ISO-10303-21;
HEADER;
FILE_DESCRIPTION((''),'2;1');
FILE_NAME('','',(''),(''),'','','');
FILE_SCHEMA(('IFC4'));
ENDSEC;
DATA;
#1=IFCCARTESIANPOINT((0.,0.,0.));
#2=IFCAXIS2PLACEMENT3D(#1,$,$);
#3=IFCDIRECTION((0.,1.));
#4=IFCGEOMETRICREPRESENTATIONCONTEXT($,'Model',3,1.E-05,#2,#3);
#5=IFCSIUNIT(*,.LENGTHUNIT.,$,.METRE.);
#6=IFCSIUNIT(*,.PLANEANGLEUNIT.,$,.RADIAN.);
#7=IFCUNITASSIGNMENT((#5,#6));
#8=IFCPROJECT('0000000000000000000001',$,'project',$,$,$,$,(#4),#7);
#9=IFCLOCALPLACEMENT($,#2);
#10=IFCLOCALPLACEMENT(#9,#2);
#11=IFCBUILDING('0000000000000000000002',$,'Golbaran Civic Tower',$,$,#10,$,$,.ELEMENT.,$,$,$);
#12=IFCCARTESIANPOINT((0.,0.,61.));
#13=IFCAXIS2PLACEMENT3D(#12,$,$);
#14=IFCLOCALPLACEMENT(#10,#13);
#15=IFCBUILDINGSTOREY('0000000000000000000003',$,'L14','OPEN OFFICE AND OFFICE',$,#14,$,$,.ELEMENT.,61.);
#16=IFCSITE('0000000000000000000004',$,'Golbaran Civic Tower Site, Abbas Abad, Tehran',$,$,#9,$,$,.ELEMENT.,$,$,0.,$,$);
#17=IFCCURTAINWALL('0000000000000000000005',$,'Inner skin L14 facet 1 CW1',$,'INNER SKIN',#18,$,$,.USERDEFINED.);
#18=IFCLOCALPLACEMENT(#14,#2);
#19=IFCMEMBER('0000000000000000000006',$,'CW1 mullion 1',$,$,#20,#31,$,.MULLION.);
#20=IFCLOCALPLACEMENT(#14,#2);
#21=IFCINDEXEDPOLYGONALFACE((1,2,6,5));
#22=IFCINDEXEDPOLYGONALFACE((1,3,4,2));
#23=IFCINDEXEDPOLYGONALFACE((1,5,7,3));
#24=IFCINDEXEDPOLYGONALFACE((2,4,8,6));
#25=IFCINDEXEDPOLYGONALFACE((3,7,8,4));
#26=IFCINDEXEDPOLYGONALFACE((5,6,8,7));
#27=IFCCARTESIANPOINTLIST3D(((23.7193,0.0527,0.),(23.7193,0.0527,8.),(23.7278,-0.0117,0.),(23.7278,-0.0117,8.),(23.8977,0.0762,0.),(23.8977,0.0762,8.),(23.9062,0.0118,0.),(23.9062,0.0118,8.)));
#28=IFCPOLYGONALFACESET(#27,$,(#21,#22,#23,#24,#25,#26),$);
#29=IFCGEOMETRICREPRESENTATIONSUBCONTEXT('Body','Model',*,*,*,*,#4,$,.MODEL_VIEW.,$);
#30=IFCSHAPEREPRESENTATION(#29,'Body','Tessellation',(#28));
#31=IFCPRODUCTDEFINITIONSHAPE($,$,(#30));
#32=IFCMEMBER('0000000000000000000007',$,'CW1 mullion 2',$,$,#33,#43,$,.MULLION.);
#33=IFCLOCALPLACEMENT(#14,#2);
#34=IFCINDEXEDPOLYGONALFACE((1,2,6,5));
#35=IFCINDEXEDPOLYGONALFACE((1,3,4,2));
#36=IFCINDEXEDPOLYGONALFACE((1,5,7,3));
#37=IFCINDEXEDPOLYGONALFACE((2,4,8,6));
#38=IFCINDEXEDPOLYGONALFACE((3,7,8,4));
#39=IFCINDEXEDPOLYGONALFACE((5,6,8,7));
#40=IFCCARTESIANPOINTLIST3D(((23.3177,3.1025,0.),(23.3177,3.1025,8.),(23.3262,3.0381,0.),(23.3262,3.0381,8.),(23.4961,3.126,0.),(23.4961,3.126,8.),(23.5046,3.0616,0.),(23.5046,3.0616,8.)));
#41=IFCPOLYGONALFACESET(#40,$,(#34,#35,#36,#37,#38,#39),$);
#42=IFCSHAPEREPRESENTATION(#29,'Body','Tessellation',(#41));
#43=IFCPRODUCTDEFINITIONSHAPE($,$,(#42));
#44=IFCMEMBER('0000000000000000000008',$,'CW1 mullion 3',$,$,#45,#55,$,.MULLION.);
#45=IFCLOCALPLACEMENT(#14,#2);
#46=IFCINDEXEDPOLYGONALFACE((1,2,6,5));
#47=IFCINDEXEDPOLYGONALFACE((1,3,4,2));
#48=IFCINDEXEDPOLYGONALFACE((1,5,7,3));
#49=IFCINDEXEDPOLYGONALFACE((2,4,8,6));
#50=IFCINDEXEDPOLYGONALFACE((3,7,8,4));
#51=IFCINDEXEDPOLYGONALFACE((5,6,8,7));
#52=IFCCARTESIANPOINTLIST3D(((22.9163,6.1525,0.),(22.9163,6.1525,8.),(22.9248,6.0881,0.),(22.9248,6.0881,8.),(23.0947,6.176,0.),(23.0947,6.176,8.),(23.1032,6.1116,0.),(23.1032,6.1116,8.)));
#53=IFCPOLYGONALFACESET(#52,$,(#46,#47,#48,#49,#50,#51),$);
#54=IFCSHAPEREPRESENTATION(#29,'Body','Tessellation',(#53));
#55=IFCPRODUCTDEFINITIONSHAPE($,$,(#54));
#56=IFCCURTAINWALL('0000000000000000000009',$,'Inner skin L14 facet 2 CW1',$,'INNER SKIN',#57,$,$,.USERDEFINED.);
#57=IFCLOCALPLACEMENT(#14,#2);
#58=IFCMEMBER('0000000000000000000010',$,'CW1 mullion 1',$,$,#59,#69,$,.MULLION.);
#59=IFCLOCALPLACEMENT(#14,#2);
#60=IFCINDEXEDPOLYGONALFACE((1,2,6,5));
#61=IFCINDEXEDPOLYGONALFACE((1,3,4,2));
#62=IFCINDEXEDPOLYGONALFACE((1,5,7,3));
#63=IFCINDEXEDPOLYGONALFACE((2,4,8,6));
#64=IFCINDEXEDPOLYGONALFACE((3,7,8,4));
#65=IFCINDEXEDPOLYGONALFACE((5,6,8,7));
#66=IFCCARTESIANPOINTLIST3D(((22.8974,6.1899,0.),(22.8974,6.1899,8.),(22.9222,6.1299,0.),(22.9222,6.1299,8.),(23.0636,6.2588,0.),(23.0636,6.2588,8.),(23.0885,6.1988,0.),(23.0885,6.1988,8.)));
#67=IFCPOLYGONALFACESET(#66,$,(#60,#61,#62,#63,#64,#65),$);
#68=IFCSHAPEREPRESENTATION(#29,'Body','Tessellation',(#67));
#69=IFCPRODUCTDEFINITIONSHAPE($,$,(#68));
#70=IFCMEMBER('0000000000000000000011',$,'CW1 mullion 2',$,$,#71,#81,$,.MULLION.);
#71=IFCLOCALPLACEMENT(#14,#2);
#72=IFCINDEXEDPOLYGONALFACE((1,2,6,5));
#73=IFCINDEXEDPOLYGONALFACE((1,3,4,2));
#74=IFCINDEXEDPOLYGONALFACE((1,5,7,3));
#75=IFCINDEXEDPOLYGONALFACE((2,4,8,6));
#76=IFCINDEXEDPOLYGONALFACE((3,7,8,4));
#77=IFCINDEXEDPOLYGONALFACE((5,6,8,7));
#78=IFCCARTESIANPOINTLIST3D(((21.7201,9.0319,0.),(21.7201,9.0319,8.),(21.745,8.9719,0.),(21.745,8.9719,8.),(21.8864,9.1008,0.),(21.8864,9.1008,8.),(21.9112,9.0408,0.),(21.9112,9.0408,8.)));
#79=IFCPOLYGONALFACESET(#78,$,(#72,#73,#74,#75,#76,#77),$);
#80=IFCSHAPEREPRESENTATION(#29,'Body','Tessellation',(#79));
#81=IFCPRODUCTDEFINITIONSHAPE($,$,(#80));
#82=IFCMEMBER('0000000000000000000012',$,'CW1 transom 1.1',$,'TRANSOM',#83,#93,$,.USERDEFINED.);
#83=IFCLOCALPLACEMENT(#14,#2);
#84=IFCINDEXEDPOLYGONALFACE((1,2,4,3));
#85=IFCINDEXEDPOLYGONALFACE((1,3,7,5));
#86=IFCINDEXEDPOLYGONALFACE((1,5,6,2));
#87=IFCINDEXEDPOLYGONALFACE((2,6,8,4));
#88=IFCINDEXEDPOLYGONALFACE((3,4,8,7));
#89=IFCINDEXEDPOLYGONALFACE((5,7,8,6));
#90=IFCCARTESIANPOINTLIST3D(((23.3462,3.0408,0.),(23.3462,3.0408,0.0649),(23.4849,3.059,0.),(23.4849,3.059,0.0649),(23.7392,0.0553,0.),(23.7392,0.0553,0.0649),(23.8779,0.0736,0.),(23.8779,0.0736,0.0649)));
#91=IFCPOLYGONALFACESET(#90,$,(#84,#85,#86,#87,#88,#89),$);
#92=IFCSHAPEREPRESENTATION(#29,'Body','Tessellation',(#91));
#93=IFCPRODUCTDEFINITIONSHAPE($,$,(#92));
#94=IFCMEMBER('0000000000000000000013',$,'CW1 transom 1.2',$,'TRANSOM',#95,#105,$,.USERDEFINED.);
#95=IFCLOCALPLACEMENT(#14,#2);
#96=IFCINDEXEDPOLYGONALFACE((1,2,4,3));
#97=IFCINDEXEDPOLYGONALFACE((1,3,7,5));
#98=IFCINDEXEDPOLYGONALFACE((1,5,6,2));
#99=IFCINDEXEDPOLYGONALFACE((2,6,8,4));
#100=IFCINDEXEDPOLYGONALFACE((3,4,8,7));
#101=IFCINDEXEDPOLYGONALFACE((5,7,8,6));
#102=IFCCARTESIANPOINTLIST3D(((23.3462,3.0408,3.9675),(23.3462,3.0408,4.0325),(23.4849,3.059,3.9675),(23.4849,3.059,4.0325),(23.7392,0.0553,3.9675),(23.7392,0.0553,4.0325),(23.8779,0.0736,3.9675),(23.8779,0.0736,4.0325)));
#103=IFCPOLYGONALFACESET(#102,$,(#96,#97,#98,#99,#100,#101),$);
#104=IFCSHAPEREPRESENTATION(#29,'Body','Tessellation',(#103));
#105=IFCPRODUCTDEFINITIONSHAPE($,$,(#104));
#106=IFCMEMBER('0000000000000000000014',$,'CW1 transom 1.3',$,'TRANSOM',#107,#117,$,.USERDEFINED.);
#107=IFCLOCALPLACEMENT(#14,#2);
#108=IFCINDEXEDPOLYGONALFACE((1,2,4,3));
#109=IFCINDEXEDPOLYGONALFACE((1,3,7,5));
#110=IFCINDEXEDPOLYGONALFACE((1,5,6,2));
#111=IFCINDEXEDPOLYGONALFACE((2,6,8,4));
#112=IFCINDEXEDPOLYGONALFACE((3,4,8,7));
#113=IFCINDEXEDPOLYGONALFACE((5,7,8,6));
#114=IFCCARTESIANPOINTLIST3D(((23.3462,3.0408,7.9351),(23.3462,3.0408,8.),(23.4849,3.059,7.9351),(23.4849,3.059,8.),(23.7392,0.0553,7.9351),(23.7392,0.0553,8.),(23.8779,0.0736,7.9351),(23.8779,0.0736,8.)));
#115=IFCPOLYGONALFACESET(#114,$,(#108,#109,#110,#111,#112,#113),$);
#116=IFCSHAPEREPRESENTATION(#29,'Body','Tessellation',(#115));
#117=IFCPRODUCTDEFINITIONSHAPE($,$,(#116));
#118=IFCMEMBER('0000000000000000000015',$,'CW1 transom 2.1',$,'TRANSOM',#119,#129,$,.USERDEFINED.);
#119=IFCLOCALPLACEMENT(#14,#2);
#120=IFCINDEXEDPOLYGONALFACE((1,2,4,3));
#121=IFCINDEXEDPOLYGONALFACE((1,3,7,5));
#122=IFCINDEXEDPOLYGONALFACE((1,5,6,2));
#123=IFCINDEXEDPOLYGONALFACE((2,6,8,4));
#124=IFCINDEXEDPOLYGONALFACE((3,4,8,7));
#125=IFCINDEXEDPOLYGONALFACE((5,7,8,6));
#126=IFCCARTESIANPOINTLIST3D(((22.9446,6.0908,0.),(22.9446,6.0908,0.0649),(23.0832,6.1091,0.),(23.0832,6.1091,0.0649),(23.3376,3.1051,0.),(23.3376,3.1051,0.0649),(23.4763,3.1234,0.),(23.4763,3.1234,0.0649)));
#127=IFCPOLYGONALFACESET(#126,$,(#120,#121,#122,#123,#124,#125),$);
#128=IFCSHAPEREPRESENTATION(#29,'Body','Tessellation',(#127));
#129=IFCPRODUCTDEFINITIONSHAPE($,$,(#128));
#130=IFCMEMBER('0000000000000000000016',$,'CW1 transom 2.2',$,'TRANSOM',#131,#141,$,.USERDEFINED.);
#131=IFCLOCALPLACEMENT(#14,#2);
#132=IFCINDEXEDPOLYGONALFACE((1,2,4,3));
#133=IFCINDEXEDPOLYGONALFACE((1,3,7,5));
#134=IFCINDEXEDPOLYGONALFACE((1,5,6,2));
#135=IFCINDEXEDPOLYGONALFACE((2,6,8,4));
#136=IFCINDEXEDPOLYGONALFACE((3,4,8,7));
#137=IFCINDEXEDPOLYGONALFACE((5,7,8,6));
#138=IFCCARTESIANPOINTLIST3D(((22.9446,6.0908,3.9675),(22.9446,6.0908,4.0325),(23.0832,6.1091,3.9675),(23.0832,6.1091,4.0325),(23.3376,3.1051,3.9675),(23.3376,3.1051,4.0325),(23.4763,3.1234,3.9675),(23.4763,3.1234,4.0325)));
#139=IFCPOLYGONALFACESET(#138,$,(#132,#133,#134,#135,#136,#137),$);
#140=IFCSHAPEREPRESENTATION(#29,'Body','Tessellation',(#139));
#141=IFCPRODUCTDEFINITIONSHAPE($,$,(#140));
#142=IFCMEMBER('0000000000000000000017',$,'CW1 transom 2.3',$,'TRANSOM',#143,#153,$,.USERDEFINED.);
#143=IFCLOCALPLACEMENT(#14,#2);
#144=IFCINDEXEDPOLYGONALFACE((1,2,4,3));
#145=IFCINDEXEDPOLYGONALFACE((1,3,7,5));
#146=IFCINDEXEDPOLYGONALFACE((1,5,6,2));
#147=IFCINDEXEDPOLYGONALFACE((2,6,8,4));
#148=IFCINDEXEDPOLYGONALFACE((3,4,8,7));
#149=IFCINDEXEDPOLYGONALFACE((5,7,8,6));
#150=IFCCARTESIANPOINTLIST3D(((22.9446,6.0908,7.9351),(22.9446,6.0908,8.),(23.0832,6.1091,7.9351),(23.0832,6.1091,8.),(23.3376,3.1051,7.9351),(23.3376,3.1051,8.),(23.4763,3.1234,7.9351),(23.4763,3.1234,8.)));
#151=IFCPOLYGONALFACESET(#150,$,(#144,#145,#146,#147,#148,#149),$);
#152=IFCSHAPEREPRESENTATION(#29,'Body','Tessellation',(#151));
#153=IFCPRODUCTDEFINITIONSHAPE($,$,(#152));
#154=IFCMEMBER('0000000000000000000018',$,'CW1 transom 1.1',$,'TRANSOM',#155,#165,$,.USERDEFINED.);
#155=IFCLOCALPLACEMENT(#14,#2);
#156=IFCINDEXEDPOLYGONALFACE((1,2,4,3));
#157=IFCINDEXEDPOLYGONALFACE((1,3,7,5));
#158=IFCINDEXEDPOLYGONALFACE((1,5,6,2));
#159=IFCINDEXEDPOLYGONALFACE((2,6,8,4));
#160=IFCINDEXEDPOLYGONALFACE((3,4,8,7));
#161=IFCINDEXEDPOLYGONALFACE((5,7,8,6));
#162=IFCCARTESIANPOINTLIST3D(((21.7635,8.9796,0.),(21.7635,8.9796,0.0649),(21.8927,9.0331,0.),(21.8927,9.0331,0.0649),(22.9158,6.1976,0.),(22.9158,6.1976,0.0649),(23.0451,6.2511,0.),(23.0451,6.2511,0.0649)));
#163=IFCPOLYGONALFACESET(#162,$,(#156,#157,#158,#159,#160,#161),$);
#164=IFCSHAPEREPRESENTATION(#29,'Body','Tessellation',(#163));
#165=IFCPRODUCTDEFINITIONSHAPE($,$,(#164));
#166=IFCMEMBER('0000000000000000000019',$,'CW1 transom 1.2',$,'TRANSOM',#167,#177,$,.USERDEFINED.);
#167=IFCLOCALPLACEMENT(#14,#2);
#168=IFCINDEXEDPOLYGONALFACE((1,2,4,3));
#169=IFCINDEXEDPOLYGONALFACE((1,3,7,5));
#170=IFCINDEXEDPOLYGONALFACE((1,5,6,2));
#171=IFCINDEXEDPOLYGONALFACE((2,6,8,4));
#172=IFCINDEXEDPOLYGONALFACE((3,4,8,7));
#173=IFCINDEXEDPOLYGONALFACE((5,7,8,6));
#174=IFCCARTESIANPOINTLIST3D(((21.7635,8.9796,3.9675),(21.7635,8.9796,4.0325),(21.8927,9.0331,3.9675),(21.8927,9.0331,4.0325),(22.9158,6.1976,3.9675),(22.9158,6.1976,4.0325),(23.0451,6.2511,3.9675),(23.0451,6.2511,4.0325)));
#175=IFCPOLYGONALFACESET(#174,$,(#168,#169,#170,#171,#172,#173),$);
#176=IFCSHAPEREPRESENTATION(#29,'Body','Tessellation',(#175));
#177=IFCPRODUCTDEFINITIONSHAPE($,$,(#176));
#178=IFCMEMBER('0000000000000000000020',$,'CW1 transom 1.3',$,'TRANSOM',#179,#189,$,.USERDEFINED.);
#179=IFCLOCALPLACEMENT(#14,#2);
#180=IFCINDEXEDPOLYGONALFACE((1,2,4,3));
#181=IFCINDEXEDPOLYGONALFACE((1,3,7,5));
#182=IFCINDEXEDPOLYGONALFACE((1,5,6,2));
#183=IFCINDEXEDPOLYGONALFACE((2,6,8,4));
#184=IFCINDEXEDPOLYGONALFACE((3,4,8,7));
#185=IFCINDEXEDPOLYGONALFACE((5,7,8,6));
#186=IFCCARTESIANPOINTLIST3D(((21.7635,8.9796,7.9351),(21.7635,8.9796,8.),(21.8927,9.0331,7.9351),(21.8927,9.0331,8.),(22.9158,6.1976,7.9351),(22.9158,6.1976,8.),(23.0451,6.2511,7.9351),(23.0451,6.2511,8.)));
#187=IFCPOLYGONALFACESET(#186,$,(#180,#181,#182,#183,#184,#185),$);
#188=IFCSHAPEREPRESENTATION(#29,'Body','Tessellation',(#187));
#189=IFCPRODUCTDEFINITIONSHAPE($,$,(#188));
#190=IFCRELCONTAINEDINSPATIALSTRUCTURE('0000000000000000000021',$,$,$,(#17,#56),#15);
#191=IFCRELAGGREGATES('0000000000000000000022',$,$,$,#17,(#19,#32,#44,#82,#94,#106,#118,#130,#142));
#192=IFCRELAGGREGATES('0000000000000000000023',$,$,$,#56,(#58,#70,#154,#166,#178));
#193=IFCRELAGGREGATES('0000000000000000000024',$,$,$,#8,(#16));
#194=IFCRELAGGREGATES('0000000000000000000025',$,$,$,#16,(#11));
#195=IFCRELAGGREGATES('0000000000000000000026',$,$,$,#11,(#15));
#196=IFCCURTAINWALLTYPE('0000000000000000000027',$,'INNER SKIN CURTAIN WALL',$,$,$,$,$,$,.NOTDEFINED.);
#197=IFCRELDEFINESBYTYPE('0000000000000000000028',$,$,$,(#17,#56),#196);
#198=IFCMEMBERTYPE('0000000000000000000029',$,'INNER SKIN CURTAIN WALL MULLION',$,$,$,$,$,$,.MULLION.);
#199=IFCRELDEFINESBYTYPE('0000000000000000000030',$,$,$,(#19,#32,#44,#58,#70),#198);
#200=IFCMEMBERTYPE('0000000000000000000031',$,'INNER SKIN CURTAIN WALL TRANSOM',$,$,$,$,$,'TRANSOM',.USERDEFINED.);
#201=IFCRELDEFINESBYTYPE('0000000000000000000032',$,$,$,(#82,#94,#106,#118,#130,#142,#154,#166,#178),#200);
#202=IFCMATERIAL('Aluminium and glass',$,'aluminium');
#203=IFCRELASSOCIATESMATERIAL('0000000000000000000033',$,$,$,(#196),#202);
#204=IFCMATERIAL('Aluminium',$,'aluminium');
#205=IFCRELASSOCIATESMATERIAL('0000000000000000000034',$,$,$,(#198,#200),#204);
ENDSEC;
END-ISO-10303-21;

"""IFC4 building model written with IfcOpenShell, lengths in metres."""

from ifc_helpers import new_model, si_unit, direction, frame, origin, origin_2d, place, context, subcontext, project, spatial, rectangle, extrude, material, material_profile, profile_set, type_object, element, aggregate, save


model = new_model("IFC4")

# Units and contexts
model_context = context("Model", 3, precision=1e-05, world=origin(), true_north=direction((0.0, 1.0)))
body_context = subcontext(model_context, "Body", "Model", "MODEL_VIEW")
ifc_project = project(units=[si_unit("LENGTHUNIT", "METRE"), si_unit("PLANEANGLEUNIT", "RADIAN")], contexts=[model_context])

# Site, building, storey
site_placement = place(None, origin())
site = spatial("IfcSite", under=ifc_project, at=site_placement, Name="Golbaran Civic Tower Site, Abbas Abad, Tehran", CompositionType="ELEMENT", RefElevation=0.0)
building_placement = place(site_placement, origin())
building = spatial("IfcBuilding", under=site, at=building_placement, Name="Golbaran Civic Tower", CompositionType="ELEMENT")
storey_placement = place(building_placement, frame((0.0, 0.0, 61.0)))
storey = spatial("IfcBuildingStorey", under=building, at=storey_placement, Name="L14", Description="OPEN OFFICE AND OFFICE", CompositionType="ELEMENT", Elevation=61.0)

# Curtain walls, members
ifc_material_1 = material(Name="Aluminium and glass", Category="aluminium")
curtain_wall_type = type_object("IfcCurtainWallType", Name="INNER SKIN CURTAIN WALL", PredefinedType="NOTDEFINED", material=ifc_material_1)
curtain_wall_1_placement = place(storey_placement, origin())
curtain_wall_1 = element("IfcCurtainWall", 1, at=curtain_wall_1_placement, inside=storey, type_object=curtain_wall_type, Name="Inner skin L14 facet 1 CW1", ObjectType="INNER SKIN", PredefinedType="USERDEFINED")
ifc_material_2 = material(Name="Aluminium", Category="aluminium")
ifc_material_profile_1 = material_profile(ifc_material_2, rectangle(XDim=0.1799, YDim=0.0649, at=origin_2d()), Name="INNER SKIN CURTAIN WALL MULLION")
ifc_profile_set_1 = profile_set([ifc_material_profile_1], Name="Aluminium")
member_type_1 = type_object("IfcMemberType", Name="INNER SKIN CURTAIN WALL MULLION", PredefinedType="MULLION", material=ifc_profile_set_1)
member_1_placement = place(storey_placement, frame((23.8127, 0.0322, 0.0), z_axis=(0.0, 0.0, 1.0), x_axis=(-0.991445, -0.130526, 0.0)))
member_1 = element("IfcMember", 2, at=member_1_placement, type_object=member_type_1, Name="CW1 mullion 1", PredefinedType="MULLION", context=body_context, shape_type="SweptSolid", body=[
    extrude(rectangle(XDim=0.1799, YDim=0.0649, at=origin_2d()), origin(), (0.0, 0.0, 1.0), 8.0),
])
member_2_placement = place(storey_placement, frame((23.4111, 3.082, 0.0), z_axis=(0.0, 0.0, 1.0), x_axis=(-0.991445, -0.130526, 0.0)))
member_2 = element("IfcMember", 3, at=member_2_placement, type_object=member_type_1, Name="CW1 mullion 2", PredefinedType="MULLION", context=body_context, shape_type="SweptSolid", body=[
    extrude(rectangle(XDim=0.1799, YDim=0.0649, at=origin_2d()), origin(), (0.0, 0.0, 1.0), 8.0),
])
member_3_placement = place(storey_placement, frame((23.0098, 6.1321, 0.0), z_axis=(0.0, 0.0, 1.0), x_axis=(-0.991445, -0.130526, 0.0)))
member_3 = element("IfcMember", 4, at=member_3_placement, type_object=member_type_1, Name="CW1 mullion 3", PredefinedType="MULLION", context=body_context, shape_type="SweptSolid", body=[
    extrude(rectangle(XDim=0.1799, YDim=0.0649, at=origin_2d()), origin(), (0.0, 0.0, 1.0), 8.0),
])
curtain_wall_2_placement = place(storey_placement, origin())
curtain_wall_2 = element("IfcCurtainWall", 5, at=curtain_wall_2_placement, inside=storey, type_object=curtain_wall_type, Name="Inner skin L14 facet 2 CW1", ObjectType="INNER SKIN", PredefinedType="USERDEFINED")
member_4_placement = place(storey_placement, frame((22.9929, 6.1943, 0.0), z_axis=(0.0, 0.0, 1.0), x_axis=(-0.92388, -0.382683, 0.0)))
member_4 = element("IfcMember", 6, at=member_4_placement, type_object=member_type_1, Name="CW1 mullion 1", PredefinedType="MULLION", context=body_context, shape_type="SweptSolid", body=[
    extrude(rectangle(XDim=0.1799, YDim=0.0649, at=origin_2d()), origin(), (0.0, 0.0, 1.0), 8.0),
])
member_5_placement = place(storey_placement, frame((21.8157, 9.0364, 0.0), z_axis=(0.0, 0.0, 1.0), x_axis=(-0.92388, -0.382683, 0.0)))
member_5 = element("IfcMember", 7, at=member_5_placement, type_object=member_type_1, Name="CW1 mullion 2", PredefinedType="MULLION", context=body_context, shape_type="SweptSolid", body=[
    extrude(rectangle(XDim=0.1799, YDim=0.0649, at=origin_2d()), origin(), (0.0, 0.0, 1.0), 8.0),
])

# Members
ifc_material_profile_2 = material_profile(ifc_material_2, rectangle(XDim=0.1399, YDim=0.0649, at=origin_2d()), Name="INNER SKIN CURTAIN WALL TRANSOM")
ifc_profile_set_2 = profile_set([ifc_material_profile_2], Name="Aluminium")
member_type_2 = type_object("IfcMemberType", Name="INNER SKIN CURTAIN WALL TRANSOM", ElementType="TRANSOM", PredefinedType="USERDEFINED", material=ifc_profile_set_2)
member_6_placement = place(storey_placement, frame((23.8086, 0.0645, 0.0325), z_axis=(-0.130538, 0.991443, 0.0), x_axis=(-0.991443, -0.130538, 0.0)))
member_6 = element("IfcMember", 8, at=member_6_placement, type_object=member_type_2, Name="CW1 transom 1.1", ObjectType="TRANSOM", PredefinedType="USERDEFINED", context=body_context, shape_type="SweptSolid", body=[
    extrude(rectangle(XDim=0.1399, YDim=0.0649, at=origin_2d()), origin(), (0.0, 0.0, 1.0), 3.0112),
])
member_7_placement = place(storey_placement, frame((23.8086, 0.0645, 4.0), z_axis=(-0.130538, 0.991443, 0.0), x_axis=(-0.991443, -0.130538, 0.0)))
member_7 = element("IfcMember", 9, at=member_7_placement, type_object=member_type_2, Name="CW1 transom 1.2", ObjectType="TRANSOM", PredefinedType="USERDEFINED", context=body_context, shape_type="SweptSolid", body=[
    extrude(rectangle(XDim=0.1399, YDim=0.0649, at=origin_2d()), origin(), (0.0, 0.0, 1.0), 3.0112),
])
member_8_placement = place(storey_placement, frame((23.8086, 0.0645, 7.9675), z_axis=(-0.130538, 0.991443, 0.0), x_axis=(-0.991443, -0.130538, 0.0)))
member_8 = element("IfcMember", 10, at=member_8_placement, type_object=member_type_2, Name="CW1 transom 1.3", ObjectType="TRANSOM", PredefinedType="USERDEFINED", context=body_context, shape_type="SweptSolid", body=[
    extrude(rectangle(XDim=0.1399, YDim=0.0649, at=origin_2d()), origin(), (0.0, 0.0, 1.0), 3.0112),
])
member_9_placement = place(storey_placement, frame((23.407, 3.1143, 0.0325), z_axis=(-0.130528, 0.991445, 0.0), x_axis=(-0.991445, -0.130528, 0.0)))
member_9 = element("IfcMember", 11, at=member_9_placement, type_object=member_type_2, Name="CW1 transom 2.1", ObjectType="TRANSOM", PredefinedType="USERDEFINED", context=body_context, shape_type="SweptSolid", body=[
    extrude(rectangle(XDim=0.1399, YDim=0.0649, at=origin_2d()), origin(), (0.0, 0.0, 1.0), 3.0115),
])
member_10_placement = place(storey_placement, frame((23.407, 3.1143, 4.0), z_axis=(-0.130528, 0.991445, 0.0), x_axis=(-0.991445, -0.130528, 0.0)))
member_10 = element("IfcMember", 12, at=member_10_placement, type_object=member_type_2, Name="CW1 transom 2.2", ObjectType="TRANSOM", PredefinedType="USERDEFINED", context=body_context, shape_type="SweptSolid", body=[
    extrude(rectangle(XDim=0.1399, YDim=0.0649, at=origin_2d()), origin(), (0.0, 0.0, 1.0), 3.0115),
])
member_11_placement = place(storey_placement, frame((23.407, 3.1143, 7.9675), z_axis=(-0.130528, 0.991445, 0.0), x_axis=(-0.991445, -0.130528, 0.0)))
member_11 = element("IfcMember", 13, at=member_11_placement, type_object=member_type_2, Name="CW1 transom 2.3", ObjectType="TRANSOM", PredefinedType="USERDEFINED", context=body_context, shape_type="SweptSolid", body=[
    extrude(rectangle(XDim=0.1399, YDim=0.0649, at=origin_2d()), origin(), (0.0, 0.0, 1.0), 3.0115),
])
member_12_placement = place(storey_placement, frame((22.9805, 6.2244, 0.0325), z_axis=(-0.382686, 0.923878, 0.0), x_axis=(-0.923878, -0.382686, 0.0)))
member_12 = element("IfcMember", 14, at=member_12_placement, type_object=member_type_2, Name="CW1 transom 1.1", ObjectType="TRANSOM", PredefinedType="USERDEFINED", context=body_context, shape_type="SweptSolid", body=[
    extrude(rectangle(XDim=0.1399, YDim=0.0649, at=origin_2d()), origin(), (0.0, 0.0, 1.0), 3.0112),
])
member_13_placement = place(storey_placement, frame((22.9805, 6.2244, 4.0), z_axis=(-0.382686, 0.923878, 0.0), x_axis=(-0.923878, -0.382686, 0.0)))
member_13 = element("IfcMember", 15, at=member_13_placement, type_object=member_type_2, Name="CW1 transom 1.2", ObjectType="TRANSOM", PredefinedType="USERDEFINED", context=body_context, shape_type="SweptSolid", body=[
    extrude(rectangle(XDim=0.1399, YDim=0.0649, at=origin_2d()), origin(), (0.0, 0.0, 1.0), 3.0112),
])
member_14_placement = place(storey_placement, frame((22.9805, 6.2244, 7.9675), z_axis=(-0.382686, 0.923878, 0.0), x_axis=(-0.923878, -0.382686, 0.0)))
member_14 = element("IfcMember", 16, at=member_14_placement, type_object=member_type_2, Name="CW1 transom 1.3", ObjectType="TRANSOM", PredefinedType="USERDEFINED", context=body_context, shape_type="SweptSolid", body=[
    extrude(rectangle(XDim=0.1399, YDim=0.0649, at=origin_2d()), origin(), (0.0, 0.0, 1.0), 3.0112),
])

aggregate(curtain_wall_1, [member_1, member_2, member_3, member_6, member_7, member_8, member_9, member_10, member_11])
aggregate(curtain_wall_2, [member_4, member_5, member_12, member_13, member_14])

save(model, "model.ifc")
